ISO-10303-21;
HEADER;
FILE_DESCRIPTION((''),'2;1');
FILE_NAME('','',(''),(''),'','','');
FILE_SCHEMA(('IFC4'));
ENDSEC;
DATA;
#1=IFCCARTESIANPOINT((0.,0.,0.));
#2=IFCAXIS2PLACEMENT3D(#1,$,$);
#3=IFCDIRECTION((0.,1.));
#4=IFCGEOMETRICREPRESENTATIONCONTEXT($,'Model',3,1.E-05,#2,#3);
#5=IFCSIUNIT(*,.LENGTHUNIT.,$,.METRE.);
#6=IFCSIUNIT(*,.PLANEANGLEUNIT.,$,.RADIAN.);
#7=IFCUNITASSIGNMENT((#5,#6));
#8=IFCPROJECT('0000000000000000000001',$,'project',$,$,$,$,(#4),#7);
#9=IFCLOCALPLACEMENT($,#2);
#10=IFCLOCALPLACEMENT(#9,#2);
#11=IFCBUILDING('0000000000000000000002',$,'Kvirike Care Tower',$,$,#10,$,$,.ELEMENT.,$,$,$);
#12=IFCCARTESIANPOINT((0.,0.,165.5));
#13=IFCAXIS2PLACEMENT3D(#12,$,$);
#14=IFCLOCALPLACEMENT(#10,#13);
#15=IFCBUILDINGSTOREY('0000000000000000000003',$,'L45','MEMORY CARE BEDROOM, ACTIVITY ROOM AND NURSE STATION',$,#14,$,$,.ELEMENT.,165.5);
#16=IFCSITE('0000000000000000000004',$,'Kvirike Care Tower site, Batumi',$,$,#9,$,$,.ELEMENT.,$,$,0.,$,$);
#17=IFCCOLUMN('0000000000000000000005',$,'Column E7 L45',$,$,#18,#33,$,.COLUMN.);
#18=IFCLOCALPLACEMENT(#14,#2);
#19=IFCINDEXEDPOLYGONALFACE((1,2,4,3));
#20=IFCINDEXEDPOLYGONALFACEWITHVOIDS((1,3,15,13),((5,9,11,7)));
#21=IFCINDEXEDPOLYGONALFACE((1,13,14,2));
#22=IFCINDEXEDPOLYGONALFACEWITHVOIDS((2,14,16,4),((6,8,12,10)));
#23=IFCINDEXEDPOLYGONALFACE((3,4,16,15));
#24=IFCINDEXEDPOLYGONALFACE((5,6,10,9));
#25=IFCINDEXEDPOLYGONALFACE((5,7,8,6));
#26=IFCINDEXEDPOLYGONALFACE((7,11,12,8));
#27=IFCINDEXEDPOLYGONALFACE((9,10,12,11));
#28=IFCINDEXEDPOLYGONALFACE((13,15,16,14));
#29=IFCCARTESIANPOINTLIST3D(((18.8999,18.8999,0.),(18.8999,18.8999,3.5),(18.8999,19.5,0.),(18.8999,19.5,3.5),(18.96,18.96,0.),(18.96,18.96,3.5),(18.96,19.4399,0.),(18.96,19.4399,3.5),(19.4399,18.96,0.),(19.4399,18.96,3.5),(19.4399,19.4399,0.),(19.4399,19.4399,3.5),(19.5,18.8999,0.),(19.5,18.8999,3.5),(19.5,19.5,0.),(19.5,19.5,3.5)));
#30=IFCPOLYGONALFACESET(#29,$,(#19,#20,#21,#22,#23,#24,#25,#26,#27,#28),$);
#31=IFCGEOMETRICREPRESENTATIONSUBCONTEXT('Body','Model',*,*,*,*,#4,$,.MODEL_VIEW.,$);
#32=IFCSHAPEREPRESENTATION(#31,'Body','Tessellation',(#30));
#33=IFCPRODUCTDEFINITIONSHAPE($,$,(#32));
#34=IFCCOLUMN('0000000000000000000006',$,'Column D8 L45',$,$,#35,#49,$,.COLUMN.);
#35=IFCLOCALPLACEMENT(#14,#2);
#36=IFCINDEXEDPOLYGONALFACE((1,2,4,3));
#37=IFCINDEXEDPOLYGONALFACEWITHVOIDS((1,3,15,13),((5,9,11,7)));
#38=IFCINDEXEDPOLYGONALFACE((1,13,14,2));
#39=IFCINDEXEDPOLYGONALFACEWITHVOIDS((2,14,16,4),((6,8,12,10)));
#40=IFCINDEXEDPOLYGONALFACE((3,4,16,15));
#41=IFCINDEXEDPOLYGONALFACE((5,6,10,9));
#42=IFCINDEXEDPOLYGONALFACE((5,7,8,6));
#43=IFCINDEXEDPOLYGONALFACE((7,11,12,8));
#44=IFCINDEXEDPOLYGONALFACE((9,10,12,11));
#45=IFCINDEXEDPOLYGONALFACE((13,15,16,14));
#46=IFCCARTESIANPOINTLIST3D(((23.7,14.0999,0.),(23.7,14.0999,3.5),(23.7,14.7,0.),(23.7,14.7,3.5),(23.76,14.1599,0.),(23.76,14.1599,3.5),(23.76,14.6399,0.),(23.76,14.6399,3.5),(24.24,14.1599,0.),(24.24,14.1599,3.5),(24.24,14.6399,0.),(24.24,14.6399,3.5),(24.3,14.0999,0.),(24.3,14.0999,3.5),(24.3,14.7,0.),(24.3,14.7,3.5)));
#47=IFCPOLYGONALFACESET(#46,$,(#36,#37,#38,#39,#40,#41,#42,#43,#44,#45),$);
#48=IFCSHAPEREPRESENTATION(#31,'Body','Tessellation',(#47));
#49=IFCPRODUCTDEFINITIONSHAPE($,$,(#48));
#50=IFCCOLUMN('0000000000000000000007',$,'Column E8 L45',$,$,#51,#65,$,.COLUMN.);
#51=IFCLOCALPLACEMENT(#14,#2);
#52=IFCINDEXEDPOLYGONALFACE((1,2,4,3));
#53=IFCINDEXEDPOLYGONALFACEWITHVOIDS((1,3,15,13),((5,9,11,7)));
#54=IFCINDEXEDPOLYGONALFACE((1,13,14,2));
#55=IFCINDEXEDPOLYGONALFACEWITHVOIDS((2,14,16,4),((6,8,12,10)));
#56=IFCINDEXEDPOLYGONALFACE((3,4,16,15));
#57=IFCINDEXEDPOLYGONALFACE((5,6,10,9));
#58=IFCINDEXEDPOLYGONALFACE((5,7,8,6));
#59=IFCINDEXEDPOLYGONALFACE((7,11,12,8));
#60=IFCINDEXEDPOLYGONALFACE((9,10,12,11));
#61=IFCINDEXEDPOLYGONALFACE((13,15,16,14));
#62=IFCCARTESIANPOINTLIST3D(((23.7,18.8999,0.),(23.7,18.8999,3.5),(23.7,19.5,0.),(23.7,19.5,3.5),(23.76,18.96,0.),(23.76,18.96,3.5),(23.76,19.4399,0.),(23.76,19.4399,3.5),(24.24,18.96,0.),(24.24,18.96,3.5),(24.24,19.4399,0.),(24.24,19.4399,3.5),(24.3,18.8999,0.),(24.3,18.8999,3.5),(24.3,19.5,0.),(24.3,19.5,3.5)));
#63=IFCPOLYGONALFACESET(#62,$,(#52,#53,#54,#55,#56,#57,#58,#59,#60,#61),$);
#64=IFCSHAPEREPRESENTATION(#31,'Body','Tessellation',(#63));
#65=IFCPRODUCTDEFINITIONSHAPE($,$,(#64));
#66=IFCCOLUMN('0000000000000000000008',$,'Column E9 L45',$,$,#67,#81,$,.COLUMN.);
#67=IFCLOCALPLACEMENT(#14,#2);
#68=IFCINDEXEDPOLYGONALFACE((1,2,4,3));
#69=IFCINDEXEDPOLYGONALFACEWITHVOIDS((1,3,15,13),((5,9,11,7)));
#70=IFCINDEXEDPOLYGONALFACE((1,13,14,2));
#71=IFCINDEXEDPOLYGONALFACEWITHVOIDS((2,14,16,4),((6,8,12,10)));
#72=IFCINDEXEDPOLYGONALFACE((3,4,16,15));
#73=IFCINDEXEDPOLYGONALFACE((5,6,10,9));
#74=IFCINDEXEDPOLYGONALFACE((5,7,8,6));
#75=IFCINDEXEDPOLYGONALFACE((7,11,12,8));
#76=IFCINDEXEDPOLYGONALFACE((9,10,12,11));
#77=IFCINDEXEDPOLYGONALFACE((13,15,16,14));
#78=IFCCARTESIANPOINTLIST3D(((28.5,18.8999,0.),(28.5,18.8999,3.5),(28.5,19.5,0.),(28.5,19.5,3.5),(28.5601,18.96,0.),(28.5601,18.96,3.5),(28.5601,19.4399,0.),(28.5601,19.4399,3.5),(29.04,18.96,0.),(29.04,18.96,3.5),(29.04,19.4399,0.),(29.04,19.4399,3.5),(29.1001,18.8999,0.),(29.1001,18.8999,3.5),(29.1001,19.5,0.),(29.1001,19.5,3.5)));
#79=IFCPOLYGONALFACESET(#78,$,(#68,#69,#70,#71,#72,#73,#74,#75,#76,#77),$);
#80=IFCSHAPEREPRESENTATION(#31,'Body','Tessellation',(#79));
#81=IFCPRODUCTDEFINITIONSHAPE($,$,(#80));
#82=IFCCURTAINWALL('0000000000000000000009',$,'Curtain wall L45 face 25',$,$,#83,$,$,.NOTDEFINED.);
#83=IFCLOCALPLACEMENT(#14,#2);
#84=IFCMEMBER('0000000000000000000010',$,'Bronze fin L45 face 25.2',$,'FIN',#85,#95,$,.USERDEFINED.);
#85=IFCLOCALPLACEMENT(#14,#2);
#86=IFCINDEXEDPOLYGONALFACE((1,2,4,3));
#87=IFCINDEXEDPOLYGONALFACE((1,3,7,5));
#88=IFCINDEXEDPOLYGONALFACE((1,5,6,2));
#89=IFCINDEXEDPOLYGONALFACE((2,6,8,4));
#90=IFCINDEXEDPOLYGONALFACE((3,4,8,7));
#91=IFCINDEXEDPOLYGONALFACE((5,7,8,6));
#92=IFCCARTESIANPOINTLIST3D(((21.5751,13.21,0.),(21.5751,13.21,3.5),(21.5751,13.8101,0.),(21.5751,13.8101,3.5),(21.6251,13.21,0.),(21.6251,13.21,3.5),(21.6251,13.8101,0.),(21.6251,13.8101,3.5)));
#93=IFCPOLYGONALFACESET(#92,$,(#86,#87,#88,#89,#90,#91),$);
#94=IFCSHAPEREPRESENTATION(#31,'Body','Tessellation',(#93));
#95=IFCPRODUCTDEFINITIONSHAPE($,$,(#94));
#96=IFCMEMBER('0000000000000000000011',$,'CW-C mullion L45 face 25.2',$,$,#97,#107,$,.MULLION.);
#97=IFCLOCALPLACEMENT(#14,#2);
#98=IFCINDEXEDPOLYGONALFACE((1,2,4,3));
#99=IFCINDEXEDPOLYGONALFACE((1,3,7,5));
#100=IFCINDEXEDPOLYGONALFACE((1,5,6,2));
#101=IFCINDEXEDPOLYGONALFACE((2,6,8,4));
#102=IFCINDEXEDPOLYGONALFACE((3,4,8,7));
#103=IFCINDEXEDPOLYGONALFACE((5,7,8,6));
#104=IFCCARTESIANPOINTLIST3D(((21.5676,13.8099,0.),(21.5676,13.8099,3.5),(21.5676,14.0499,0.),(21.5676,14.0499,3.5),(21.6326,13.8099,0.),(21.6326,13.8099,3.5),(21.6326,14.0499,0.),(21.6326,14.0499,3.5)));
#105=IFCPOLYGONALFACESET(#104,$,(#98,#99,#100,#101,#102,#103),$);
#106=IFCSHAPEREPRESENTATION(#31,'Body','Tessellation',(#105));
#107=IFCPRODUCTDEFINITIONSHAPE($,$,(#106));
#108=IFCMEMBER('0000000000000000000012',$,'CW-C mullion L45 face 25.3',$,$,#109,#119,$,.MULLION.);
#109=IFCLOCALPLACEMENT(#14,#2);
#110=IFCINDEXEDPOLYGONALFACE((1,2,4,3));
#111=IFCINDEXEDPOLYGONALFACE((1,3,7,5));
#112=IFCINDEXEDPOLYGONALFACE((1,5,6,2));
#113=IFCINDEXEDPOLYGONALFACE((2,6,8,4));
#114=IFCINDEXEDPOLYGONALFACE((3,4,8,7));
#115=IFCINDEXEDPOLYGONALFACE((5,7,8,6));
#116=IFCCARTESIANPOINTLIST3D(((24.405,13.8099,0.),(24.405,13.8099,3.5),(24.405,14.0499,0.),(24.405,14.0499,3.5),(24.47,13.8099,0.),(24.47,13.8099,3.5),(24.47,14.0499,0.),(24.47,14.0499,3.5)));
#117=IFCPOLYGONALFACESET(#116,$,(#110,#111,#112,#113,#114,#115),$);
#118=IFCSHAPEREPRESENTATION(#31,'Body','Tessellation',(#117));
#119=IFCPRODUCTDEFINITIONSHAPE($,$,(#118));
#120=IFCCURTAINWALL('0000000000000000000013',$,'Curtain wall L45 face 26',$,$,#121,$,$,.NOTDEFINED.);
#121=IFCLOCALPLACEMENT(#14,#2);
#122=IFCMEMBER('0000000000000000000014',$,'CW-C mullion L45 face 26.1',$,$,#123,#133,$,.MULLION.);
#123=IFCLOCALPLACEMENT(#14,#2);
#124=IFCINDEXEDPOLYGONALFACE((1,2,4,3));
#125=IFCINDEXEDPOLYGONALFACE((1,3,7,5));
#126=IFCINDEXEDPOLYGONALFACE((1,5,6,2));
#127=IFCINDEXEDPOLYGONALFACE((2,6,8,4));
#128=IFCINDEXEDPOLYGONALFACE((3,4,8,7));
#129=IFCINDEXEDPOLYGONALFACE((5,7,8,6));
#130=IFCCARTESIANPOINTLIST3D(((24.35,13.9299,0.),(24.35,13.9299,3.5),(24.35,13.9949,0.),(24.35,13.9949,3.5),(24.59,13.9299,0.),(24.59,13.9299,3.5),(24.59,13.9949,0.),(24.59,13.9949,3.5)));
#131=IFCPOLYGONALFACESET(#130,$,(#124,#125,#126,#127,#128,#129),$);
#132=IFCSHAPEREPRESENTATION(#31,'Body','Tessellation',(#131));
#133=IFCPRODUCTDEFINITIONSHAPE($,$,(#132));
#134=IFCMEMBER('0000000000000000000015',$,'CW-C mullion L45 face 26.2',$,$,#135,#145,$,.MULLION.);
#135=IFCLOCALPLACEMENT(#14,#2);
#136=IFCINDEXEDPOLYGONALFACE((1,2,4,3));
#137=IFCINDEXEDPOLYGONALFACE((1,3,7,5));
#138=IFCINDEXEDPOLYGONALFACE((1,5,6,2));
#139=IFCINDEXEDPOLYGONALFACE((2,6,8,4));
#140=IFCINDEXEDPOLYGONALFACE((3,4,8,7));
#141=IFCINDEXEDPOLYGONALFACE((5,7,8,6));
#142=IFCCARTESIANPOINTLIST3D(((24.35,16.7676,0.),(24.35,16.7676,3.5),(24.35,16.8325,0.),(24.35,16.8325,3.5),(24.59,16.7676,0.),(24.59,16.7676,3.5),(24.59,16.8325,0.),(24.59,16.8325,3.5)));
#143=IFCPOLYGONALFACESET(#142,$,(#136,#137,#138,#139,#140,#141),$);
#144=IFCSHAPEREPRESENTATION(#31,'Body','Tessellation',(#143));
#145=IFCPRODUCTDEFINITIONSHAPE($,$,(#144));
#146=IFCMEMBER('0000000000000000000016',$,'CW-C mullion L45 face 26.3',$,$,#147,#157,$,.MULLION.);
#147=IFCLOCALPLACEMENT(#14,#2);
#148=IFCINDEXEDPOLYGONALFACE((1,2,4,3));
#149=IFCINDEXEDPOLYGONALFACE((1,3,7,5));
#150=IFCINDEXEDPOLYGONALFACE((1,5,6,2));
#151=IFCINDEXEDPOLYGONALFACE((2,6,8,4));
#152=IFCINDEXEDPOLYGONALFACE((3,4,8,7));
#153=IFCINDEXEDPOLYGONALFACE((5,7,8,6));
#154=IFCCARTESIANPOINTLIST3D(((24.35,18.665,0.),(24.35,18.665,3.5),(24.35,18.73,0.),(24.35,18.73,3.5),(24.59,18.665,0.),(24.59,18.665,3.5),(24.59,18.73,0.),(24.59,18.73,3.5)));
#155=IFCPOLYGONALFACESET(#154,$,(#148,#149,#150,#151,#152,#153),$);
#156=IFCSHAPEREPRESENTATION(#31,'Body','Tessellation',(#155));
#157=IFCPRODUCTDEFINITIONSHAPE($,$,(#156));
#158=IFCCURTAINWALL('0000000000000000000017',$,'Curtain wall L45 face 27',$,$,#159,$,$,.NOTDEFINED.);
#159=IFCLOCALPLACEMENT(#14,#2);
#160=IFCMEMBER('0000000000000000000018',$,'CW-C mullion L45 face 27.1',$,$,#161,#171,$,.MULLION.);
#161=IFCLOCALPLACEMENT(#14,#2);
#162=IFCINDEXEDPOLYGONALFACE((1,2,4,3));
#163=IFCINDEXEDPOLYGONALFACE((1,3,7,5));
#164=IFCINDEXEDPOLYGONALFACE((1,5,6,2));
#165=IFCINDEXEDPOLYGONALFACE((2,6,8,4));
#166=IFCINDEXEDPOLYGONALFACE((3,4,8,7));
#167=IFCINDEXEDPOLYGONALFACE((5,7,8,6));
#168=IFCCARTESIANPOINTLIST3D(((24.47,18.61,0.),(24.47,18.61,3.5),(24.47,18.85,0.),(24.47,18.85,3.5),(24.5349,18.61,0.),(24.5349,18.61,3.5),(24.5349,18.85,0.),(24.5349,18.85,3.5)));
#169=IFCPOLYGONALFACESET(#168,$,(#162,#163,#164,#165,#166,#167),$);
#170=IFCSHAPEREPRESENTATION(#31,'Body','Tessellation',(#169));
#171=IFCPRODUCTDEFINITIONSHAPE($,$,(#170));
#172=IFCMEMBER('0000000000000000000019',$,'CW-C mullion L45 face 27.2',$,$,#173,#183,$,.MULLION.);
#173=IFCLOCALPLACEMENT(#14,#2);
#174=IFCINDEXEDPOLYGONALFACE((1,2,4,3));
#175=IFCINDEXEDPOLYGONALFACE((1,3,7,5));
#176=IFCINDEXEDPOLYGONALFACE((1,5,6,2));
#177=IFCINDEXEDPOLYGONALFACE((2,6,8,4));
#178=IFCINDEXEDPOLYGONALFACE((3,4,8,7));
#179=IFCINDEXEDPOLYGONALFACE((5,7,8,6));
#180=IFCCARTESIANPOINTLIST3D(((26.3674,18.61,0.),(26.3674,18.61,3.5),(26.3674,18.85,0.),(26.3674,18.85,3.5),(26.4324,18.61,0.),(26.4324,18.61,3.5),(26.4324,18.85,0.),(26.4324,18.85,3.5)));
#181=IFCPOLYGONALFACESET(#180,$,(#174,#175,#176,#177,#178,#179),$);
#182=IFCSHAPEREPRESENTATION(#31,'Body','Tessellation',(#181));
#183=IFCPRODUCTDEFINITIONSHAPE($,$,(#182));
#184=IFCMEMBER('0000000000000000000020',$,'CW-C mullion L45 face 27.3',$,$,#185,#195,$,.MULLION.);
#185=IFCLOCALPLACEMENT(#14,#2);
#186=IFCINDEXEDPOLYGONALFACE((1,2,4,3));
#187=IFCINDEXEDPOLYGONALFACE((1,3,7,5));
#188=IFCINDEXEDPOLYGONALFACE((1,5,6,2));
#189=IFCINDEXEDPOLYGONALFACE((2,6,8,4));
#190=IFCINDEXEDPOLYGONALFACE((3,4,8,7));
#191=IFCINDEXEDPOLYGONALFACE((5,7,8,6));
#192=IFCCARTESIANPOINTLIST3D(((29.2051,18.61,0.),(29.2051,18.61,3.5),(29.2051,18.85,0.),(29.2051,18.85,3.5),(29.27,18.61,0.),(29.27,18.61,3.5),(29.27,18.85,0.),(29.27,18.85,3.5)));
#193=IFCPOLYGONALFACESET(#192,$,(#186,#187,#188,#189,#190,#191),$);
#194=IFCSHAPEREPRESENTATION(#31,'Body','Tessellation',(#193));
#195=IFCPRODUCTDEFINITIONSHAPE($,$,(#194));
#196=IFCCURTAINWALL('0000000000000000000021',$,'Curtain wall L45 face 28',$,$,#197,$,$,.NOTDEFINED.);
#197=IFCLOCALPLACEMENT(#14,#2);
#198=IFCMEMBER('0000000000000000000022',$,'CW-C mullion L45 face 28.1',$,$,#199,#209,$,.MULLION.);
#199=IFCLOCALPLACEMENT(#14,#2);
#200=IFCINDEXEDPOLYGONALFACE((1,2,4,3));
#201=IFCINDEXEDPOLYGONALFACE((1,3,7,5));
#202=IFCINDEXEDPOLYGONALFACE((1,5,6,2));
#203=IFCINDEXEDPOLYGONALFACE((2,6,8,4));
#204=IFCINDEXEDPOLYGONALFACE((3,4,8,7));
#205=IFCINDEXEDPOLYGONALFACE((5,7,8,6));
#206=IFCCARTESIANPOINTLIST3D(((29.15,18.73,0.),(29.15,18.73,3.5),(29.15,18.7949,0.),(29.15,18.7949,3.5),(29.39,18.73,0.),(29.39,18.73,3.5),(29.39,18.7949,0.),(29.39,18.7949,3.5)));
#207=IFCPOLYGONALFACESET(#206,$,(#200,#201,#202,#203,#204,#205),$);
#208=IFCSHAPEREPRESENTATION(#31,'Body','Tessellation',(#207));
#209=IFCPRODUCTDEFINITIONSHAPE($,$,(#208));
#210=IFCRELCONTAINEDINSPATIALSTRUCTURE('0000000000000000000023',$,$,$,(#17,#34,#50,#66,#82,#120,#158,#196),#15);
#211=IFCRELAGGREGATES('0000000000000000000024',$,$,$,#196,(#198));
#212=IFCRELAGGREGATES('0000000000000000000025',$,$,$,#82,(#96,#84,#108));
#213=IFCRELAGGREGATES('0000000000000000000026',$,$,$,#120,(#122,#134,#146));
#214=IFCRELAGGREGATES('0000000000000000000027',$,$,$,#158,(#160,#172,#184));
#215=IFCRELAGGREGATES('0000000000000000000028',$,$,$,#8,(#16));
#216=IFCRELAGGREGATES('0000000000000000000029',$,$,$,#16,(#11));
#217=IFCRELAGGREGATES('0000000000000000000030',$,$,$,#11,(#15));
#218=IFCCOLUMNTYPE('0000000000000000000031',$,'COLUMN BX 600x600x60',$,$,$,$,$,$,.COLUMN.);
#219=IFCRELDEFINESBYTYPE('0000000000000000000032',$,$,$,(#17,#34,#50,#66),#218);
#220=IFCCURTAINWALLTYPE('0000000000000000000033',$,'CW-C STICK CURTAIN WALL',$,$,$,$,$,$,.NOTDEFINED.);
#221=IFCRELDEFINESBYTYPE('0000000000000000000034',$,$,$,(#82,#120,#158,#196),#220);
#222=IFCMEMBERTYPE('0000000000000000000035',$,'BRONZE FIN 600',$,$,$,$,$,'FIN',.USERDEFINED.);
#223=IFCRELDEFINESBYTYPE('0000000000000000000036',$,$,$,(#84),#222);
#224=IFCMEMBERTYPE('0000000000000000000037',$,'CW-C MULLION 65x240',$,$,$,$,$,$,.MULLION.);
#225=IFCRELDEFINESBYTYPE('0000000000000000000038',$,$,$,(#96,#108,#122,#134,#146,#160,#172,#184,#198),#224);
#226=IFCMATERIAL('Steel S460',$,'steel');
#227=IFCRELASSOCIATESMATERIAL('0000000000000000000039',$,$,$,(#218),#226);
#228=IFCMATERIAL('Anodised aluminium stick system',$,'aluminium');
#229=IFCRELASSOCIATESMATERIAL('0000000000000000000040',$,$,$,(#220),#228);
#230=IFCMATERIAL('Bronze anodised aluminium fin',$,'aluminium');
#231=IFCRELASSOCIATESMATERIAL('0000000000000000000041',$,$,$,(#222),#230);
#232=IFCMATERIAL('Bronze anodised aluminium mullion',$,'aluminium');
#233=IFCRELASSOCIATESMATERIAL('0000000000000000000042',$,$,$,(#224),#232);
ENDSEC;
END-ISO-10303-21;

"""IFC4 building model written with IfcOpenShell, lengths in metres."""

from ifc_helpers import new_model, si_unit, direction, frame, origin, origin_2d, place, context, subcontext, project, spatial, rectangle, hollow_rectangle, extrude, material, material_profile, profile_set, type_object, element, aggregate, save


model = new_model("IFC4")

# Units and contexts
model_context = context("Model", 3, precision=1e-05, world=origin(), true_north=direction((0.0, 1.0)))
body_context = subcontext(model_context, "Body", "Model", "MODEL_VIEW")
ifc_project = project(units=[si_unit("LENGTHUNIT", "METRE"), si_unit("PLANEANGLEUNIT", "RADIAN")], contexts=[model_context])

# Site, building, storey
site_placement = place(None, origin())
site = spatial("IfcSite", under=ifc_project, at=site_placement, Name="Kvirike Care Tower site, Batumi", CompositionType="ELEMENT", RefElevation=0.0)
building_placement = place(site_placement, origin())
building = spatial("IfcBuilding", under=site, at=building_placement, Name="Kvirike Care Tower", CompositionType="ELEMENT")
storey_placement = place(building_placement, frame((0.0, 0.0, 165.5)))
storey = spatial("IfcBuildingStorey", under=building, at=storey_placement, Name="L45", Description="MEMORY CARE BEDROOM, ACTIVITY ROOM AND NURSE STATION", CompositionType="ELEMENT", Elevation=165.5)

# Columns
ifc_material_1 = material(Name="Steel S460", Category="steel")
ifc_material_profile_1 = material_profile(ifc_material_1, hollow_rectangle(XDim=0.6001, YDim=0.6001, WallThickness=0.0601, at=origin_2d()), Name="BX 600x600x60")
ifc_profile_set_1 = profile_set([ifc_material_profile_1], Name="Steel S460")
column_type = type_object("IfcColumnType", Name="COLUMN BX 600x600x60", PredefinedType="COLUMN", material=ifc_profile_set_1)
for number, where, z_axis, x_axis, name in (
    (1, (19.2, 19.2, 0.0), (0.0, 0.0, 1.0), (0.0, 1.0, 0.0), "Column E7 L45"),
    (2, (24.0, 14.3999, 0.0), (0.0, 0.0, 1.0), (0.0, 1.0, 0.0), "Column D8 L45"),
    (3, (24.0, 19.2, 0.0), (0.0, 0.0, 1.0), (0.0, 1.0, 0.0), "Column E8 L45"),
    (4, (28.8, 19.2, 0.0), (0.0, 0.0, 1.0), (0.0, 1.0, 0.0), "Column E9 L45"),
):
    element("IfcColumn", number, at=place(storey_placement, frame(where, z_axis=z_axis, x_axis=x_axis)), inside=storey, type_object=column_type, Name=name, PredefinedType="COLUMN", context=body_context, shape_type="SweptSolid", body=[
        extrude(hollow_rectangle(XDim=0.6001, YDim=0.6001, WallThickness=0.0601, at=origin_2d()), origin(), (0.0, 0.0, 1.0), 3.5),
    ])

# Curtain walls, members
ifc_material_2 = material(Name="Anodised aluminium stick system", Category="aluminium")
curtain_wall_type = type_object("IfcCurtainWallType", Name="CW-C STICK CURTAIN WALL", PredefinedType="NOTDEFINED", material=ifc_material_2)
curtain_wall_1_placement = place(storey_placement, origin())
curtain_wall_1 = element("IfcCurtainWall", 5, at=curtain_wall_1_placement, inside=storey, type_object=curtain_wall_type, Name="Curtain wall L45 face 25", PredefinedType="NOTDEFINED")
ifc_material_3 = material(Name="Bronze anodised aluminium fin", Category="aluminium")
ifc_material_profile_2 = material_profile(ifc_material_3, rectangle(XDim=0.05, YDim=0.6001, at=origin_2d()), Name="BRONZE FIN 600")
ifc_profile_set_2 = profile_set([ifc_material_profile_2], Name="Bronze anodised aluminium fin")
member_type_1 = type_object("IfcMemberType", Name="BRONZE FIN 600", ElementType="FIN", PredefinedType="USERDEFINED", material=ifc_profile_set_2)
member_1_placement = place(storey_placement, frame((21.6001, 13.51, 0.0), z_axis=(0.0, 0.0, 1.0), x_axis=(1.0, 0.0, 0.0)))
member_1 = element("IfcMember", 6, at=member_1_placement, type_object=member_type_1, Name="Bronze fin L45 face 25.2", ObjectType="FIN", PredefinedType="USERDEFINED", context=body_context, shape_type="SweptSolid", body=[
    extrude(rectangle(XDim=0.05, YDim=0.6001, at=origin_2d()), origin(), (0.0, 0.0, 1.0), 3.5),
])
ifc_material_4 = material(Name="Bronze anodised aluminium mullion", Category="aluminium")
ifc_material_profile_3 = material_profile(ifc_material_4, rectangle(XDim=0.0649, YDim=0.24, at=origin_2d()), Name="CW-C MULLION 65x240")
ifc_profile_set_3 = profile_set([ifc_material_profile_3], Name="Bronze anodised aluminium mullion")
member_type_2 = type_object("IfcMemberType", Name="CW-C MULLION 65x240", PredefinedType="MULLION", material=ifc_profile_set_3)
member_2_placement = place(storey_placement, frame((21.6001, 13.9299, 0.0), z_axis=(0.0, 0.0, 1.0), x_axis=(1.0, 0.0, 0.0)))
member_2 = element("IfcMember", 7, at=member_2_placement, type_object=member_type_2, Name="CW-C mullion L45 face 25.2", PredefinedType="MULLION", context=body_context, shape_type="SweptSolid", body=[
    extrude(rectangle(XDim=0.0649, YDim=0.24, at=origin_2d()), origin(), (0.0, 0.0, 1.0), 3.5),
])
member_3_placement = place(storey_placement, frame((24.4375, 13.9299, 0.0), z_axis=(0.0, 0.0, 1.0), x_axis=(1.0, 0.0, 0.0)))
member_3 = element("IfcMember", 8, at=member_3_placement, type_object=member_type_2, Name="CW-C mullion L45 face 25.3", PredefinedType="MULLION", context=body_context, shape_type="SweptSolid", body=[
    extrude(rectangle(XDim=0.0649, YDim=0.24, at=origin_2d()), origin(), (0.0, 0.0, 1.0), 3.5),
])
curtain_wall_2_placement = place(storey_placement, origin())
curtain_wall_2 = element("IfcCurtainWall", 9, at=curtain_wall_2_placement, inside=storey, type_object=curtain_wall_type, Name="Curtain wall L45 face 26", PredefinedType="NOTDEFINED")
member_4_placement = place(storey_placement, frame((24.47, 13.9624, 0.0), z_axis=(0.0, 0.0, 1.0), x_axis=(0.0, 1.0, 0.0)))
member_4 = element("IfcMember", 10, at=member_4_placement, type_object=member_type_2, Name="CW-C mullion L45 face 26.1", PredefinedType="MULLION", context=body_context, shape_type="SweptSolid", body=[
    extrude(rectangle(XDim=0.0649, YDim=0.24, at=origin_2d()), origin(), (0.0, 0.0, 1.0), 3.5),
])
member_5_placement = place(storey_placement, frame((24.47, 16.8, 0.0), z_axis=(0.0, 0.0, 1.0), x_axis=(0.0, 1.0, 0.0)))
member_5 = element("IfcMember", 11, at=member_5_placement, type_object=member_type_2, Name="CW-C mullion L45 face 26.2", PredefinedType="MULLION", context=body_context, shape_type="SweptSolid", body=[
    extrude(rectangle(XDim=0.0649, YDim=0.24, at=origin_2d()), origin(), (0.0, 0.0, 1.0), 3.5),
])
member_6_placement = place(storey_placement, frame((24.47, 18.6975, 0.0), z_axis=(0.0, 0.0, 1.0), x_axis=(0.0, 1.0, 0.0)))
member_6 = element("IfcMember", 12, at=member_6_placement, type_object=member_type_2, Name="CW-C mullion L45 face 26.3", PredefinedType="MULLION", context=body_context, shape_type="SweptSolid", body=[
    extrude(rectangle(XDim=0.0649, YDim=0.24, at=origin_2d()), origin(), (0.0, 0.0, 1.0), 3.5),
])
curtain_wall_3_placement = place(storey_placement, origin())
curtain_wall_3 = element("IfcCurtainWall", 13, at=curtain_wall_3_placement, inside=storey, type_object=curtain_wall_type, Name="Curtain wall L45 face 27", PredefinedType="NOTDEFINED")
member_7_placement = place(storey_placement, frame((24.5024, 18.73, 0.0), z_axis=(0.0, 0.0, 1.0), x_axis=(1.0, 0.0, 0.0)))
member_7 = element("IfcMember", 14, at=member_7_placement, type_object=member_type_2, Name="CW-C mullion L45 face 27.1", PredefinedType="MULLION", context=body_context, shape_type="SweptSolid", body=[
    extrude(rectangle(XDim=0.0649, YDim=0.24, at=origin_2d()), origin(), (0.0, 0.0, 1.0), 3.5),
])
member_8_placement = place(storey_placement, frame((26.3999, 18.73, 0.0), z_axis=(0.0, 0.0, 1.0), x_axis=(1.0, 0.0, 0.0)))
member_8 = element("IfcMember", 15, at=member_8_placement, type_object=member_type_2, Name="CW-C mullion L45 face 27.2", PredefinedType="MULLION", context=body_context, shape_type="SweptSolid", body=[
    extrude(rectangle(XDim=0.0649, YDim=0.24, at=origin_2d()), origin(), (0.0, 0.0, 1.0), 3.5),
])
member_9_placement = place(storey_placement, frame((29.2375, 18.73, 0.0), z_axis=(0.0, 0.0, 1.0), x_axis=(1.0, 0.0, 0.0)))
member_9 = element("IfcMember", 16, at=member_9_placement, type_object=member_type_2, Name="CW-C mullion L45 face 27.3", PredefinedType="MULLION", context=body_context, shape_type="SweptSolid", body=[
    extrude(rectangle(XDim=0.0649, YDim=0.24, at=origin_2d()), origin(), (0.0, 0.0, 1.0), 3.5),
])

# Curtain wall, member
curtain_wall_4_placement = place(storey_placement, origin())
curtain_wall_4 = element("IfcCurtainWall", 17, at=curtain_wall_4_placement, inside=storey, type_object=curtain_wall_type, Name="Curtain wall L45 face 28", PredefinedType="NOTDEFINED")
member_10_placement = place(storey_placement, frame((29.27, 18.7625, 0.0), z_axis=(0.0, 0.0, 1.0), x_axis=(0.0, 1.0, 0.0)))
member_10 = element("IfcMember", 18, at=member_10_placement, type_object=member_type_2, Name="CW-C mullion L45 face 28.1", PredefinedType="MULLION", context=body_context, shape_type="SweptSolid", body=[
    extrude(rectangle(XDim=0.0649, YDim=0.24, at=origin_2d()), origin(), (0.0, 0.0, 1.0), 3.5),
])

aggregate(curtain_wall_4, [member_10])

aggregate(curtain_wall_1, [member_2, member_1, member_3])
aggregate(curtain_wall_2, [member_4, member_5, member_6])
aggregate(curtain_wall_3, [member_7, member_8, member_9])

save(model, "model.ifc")
